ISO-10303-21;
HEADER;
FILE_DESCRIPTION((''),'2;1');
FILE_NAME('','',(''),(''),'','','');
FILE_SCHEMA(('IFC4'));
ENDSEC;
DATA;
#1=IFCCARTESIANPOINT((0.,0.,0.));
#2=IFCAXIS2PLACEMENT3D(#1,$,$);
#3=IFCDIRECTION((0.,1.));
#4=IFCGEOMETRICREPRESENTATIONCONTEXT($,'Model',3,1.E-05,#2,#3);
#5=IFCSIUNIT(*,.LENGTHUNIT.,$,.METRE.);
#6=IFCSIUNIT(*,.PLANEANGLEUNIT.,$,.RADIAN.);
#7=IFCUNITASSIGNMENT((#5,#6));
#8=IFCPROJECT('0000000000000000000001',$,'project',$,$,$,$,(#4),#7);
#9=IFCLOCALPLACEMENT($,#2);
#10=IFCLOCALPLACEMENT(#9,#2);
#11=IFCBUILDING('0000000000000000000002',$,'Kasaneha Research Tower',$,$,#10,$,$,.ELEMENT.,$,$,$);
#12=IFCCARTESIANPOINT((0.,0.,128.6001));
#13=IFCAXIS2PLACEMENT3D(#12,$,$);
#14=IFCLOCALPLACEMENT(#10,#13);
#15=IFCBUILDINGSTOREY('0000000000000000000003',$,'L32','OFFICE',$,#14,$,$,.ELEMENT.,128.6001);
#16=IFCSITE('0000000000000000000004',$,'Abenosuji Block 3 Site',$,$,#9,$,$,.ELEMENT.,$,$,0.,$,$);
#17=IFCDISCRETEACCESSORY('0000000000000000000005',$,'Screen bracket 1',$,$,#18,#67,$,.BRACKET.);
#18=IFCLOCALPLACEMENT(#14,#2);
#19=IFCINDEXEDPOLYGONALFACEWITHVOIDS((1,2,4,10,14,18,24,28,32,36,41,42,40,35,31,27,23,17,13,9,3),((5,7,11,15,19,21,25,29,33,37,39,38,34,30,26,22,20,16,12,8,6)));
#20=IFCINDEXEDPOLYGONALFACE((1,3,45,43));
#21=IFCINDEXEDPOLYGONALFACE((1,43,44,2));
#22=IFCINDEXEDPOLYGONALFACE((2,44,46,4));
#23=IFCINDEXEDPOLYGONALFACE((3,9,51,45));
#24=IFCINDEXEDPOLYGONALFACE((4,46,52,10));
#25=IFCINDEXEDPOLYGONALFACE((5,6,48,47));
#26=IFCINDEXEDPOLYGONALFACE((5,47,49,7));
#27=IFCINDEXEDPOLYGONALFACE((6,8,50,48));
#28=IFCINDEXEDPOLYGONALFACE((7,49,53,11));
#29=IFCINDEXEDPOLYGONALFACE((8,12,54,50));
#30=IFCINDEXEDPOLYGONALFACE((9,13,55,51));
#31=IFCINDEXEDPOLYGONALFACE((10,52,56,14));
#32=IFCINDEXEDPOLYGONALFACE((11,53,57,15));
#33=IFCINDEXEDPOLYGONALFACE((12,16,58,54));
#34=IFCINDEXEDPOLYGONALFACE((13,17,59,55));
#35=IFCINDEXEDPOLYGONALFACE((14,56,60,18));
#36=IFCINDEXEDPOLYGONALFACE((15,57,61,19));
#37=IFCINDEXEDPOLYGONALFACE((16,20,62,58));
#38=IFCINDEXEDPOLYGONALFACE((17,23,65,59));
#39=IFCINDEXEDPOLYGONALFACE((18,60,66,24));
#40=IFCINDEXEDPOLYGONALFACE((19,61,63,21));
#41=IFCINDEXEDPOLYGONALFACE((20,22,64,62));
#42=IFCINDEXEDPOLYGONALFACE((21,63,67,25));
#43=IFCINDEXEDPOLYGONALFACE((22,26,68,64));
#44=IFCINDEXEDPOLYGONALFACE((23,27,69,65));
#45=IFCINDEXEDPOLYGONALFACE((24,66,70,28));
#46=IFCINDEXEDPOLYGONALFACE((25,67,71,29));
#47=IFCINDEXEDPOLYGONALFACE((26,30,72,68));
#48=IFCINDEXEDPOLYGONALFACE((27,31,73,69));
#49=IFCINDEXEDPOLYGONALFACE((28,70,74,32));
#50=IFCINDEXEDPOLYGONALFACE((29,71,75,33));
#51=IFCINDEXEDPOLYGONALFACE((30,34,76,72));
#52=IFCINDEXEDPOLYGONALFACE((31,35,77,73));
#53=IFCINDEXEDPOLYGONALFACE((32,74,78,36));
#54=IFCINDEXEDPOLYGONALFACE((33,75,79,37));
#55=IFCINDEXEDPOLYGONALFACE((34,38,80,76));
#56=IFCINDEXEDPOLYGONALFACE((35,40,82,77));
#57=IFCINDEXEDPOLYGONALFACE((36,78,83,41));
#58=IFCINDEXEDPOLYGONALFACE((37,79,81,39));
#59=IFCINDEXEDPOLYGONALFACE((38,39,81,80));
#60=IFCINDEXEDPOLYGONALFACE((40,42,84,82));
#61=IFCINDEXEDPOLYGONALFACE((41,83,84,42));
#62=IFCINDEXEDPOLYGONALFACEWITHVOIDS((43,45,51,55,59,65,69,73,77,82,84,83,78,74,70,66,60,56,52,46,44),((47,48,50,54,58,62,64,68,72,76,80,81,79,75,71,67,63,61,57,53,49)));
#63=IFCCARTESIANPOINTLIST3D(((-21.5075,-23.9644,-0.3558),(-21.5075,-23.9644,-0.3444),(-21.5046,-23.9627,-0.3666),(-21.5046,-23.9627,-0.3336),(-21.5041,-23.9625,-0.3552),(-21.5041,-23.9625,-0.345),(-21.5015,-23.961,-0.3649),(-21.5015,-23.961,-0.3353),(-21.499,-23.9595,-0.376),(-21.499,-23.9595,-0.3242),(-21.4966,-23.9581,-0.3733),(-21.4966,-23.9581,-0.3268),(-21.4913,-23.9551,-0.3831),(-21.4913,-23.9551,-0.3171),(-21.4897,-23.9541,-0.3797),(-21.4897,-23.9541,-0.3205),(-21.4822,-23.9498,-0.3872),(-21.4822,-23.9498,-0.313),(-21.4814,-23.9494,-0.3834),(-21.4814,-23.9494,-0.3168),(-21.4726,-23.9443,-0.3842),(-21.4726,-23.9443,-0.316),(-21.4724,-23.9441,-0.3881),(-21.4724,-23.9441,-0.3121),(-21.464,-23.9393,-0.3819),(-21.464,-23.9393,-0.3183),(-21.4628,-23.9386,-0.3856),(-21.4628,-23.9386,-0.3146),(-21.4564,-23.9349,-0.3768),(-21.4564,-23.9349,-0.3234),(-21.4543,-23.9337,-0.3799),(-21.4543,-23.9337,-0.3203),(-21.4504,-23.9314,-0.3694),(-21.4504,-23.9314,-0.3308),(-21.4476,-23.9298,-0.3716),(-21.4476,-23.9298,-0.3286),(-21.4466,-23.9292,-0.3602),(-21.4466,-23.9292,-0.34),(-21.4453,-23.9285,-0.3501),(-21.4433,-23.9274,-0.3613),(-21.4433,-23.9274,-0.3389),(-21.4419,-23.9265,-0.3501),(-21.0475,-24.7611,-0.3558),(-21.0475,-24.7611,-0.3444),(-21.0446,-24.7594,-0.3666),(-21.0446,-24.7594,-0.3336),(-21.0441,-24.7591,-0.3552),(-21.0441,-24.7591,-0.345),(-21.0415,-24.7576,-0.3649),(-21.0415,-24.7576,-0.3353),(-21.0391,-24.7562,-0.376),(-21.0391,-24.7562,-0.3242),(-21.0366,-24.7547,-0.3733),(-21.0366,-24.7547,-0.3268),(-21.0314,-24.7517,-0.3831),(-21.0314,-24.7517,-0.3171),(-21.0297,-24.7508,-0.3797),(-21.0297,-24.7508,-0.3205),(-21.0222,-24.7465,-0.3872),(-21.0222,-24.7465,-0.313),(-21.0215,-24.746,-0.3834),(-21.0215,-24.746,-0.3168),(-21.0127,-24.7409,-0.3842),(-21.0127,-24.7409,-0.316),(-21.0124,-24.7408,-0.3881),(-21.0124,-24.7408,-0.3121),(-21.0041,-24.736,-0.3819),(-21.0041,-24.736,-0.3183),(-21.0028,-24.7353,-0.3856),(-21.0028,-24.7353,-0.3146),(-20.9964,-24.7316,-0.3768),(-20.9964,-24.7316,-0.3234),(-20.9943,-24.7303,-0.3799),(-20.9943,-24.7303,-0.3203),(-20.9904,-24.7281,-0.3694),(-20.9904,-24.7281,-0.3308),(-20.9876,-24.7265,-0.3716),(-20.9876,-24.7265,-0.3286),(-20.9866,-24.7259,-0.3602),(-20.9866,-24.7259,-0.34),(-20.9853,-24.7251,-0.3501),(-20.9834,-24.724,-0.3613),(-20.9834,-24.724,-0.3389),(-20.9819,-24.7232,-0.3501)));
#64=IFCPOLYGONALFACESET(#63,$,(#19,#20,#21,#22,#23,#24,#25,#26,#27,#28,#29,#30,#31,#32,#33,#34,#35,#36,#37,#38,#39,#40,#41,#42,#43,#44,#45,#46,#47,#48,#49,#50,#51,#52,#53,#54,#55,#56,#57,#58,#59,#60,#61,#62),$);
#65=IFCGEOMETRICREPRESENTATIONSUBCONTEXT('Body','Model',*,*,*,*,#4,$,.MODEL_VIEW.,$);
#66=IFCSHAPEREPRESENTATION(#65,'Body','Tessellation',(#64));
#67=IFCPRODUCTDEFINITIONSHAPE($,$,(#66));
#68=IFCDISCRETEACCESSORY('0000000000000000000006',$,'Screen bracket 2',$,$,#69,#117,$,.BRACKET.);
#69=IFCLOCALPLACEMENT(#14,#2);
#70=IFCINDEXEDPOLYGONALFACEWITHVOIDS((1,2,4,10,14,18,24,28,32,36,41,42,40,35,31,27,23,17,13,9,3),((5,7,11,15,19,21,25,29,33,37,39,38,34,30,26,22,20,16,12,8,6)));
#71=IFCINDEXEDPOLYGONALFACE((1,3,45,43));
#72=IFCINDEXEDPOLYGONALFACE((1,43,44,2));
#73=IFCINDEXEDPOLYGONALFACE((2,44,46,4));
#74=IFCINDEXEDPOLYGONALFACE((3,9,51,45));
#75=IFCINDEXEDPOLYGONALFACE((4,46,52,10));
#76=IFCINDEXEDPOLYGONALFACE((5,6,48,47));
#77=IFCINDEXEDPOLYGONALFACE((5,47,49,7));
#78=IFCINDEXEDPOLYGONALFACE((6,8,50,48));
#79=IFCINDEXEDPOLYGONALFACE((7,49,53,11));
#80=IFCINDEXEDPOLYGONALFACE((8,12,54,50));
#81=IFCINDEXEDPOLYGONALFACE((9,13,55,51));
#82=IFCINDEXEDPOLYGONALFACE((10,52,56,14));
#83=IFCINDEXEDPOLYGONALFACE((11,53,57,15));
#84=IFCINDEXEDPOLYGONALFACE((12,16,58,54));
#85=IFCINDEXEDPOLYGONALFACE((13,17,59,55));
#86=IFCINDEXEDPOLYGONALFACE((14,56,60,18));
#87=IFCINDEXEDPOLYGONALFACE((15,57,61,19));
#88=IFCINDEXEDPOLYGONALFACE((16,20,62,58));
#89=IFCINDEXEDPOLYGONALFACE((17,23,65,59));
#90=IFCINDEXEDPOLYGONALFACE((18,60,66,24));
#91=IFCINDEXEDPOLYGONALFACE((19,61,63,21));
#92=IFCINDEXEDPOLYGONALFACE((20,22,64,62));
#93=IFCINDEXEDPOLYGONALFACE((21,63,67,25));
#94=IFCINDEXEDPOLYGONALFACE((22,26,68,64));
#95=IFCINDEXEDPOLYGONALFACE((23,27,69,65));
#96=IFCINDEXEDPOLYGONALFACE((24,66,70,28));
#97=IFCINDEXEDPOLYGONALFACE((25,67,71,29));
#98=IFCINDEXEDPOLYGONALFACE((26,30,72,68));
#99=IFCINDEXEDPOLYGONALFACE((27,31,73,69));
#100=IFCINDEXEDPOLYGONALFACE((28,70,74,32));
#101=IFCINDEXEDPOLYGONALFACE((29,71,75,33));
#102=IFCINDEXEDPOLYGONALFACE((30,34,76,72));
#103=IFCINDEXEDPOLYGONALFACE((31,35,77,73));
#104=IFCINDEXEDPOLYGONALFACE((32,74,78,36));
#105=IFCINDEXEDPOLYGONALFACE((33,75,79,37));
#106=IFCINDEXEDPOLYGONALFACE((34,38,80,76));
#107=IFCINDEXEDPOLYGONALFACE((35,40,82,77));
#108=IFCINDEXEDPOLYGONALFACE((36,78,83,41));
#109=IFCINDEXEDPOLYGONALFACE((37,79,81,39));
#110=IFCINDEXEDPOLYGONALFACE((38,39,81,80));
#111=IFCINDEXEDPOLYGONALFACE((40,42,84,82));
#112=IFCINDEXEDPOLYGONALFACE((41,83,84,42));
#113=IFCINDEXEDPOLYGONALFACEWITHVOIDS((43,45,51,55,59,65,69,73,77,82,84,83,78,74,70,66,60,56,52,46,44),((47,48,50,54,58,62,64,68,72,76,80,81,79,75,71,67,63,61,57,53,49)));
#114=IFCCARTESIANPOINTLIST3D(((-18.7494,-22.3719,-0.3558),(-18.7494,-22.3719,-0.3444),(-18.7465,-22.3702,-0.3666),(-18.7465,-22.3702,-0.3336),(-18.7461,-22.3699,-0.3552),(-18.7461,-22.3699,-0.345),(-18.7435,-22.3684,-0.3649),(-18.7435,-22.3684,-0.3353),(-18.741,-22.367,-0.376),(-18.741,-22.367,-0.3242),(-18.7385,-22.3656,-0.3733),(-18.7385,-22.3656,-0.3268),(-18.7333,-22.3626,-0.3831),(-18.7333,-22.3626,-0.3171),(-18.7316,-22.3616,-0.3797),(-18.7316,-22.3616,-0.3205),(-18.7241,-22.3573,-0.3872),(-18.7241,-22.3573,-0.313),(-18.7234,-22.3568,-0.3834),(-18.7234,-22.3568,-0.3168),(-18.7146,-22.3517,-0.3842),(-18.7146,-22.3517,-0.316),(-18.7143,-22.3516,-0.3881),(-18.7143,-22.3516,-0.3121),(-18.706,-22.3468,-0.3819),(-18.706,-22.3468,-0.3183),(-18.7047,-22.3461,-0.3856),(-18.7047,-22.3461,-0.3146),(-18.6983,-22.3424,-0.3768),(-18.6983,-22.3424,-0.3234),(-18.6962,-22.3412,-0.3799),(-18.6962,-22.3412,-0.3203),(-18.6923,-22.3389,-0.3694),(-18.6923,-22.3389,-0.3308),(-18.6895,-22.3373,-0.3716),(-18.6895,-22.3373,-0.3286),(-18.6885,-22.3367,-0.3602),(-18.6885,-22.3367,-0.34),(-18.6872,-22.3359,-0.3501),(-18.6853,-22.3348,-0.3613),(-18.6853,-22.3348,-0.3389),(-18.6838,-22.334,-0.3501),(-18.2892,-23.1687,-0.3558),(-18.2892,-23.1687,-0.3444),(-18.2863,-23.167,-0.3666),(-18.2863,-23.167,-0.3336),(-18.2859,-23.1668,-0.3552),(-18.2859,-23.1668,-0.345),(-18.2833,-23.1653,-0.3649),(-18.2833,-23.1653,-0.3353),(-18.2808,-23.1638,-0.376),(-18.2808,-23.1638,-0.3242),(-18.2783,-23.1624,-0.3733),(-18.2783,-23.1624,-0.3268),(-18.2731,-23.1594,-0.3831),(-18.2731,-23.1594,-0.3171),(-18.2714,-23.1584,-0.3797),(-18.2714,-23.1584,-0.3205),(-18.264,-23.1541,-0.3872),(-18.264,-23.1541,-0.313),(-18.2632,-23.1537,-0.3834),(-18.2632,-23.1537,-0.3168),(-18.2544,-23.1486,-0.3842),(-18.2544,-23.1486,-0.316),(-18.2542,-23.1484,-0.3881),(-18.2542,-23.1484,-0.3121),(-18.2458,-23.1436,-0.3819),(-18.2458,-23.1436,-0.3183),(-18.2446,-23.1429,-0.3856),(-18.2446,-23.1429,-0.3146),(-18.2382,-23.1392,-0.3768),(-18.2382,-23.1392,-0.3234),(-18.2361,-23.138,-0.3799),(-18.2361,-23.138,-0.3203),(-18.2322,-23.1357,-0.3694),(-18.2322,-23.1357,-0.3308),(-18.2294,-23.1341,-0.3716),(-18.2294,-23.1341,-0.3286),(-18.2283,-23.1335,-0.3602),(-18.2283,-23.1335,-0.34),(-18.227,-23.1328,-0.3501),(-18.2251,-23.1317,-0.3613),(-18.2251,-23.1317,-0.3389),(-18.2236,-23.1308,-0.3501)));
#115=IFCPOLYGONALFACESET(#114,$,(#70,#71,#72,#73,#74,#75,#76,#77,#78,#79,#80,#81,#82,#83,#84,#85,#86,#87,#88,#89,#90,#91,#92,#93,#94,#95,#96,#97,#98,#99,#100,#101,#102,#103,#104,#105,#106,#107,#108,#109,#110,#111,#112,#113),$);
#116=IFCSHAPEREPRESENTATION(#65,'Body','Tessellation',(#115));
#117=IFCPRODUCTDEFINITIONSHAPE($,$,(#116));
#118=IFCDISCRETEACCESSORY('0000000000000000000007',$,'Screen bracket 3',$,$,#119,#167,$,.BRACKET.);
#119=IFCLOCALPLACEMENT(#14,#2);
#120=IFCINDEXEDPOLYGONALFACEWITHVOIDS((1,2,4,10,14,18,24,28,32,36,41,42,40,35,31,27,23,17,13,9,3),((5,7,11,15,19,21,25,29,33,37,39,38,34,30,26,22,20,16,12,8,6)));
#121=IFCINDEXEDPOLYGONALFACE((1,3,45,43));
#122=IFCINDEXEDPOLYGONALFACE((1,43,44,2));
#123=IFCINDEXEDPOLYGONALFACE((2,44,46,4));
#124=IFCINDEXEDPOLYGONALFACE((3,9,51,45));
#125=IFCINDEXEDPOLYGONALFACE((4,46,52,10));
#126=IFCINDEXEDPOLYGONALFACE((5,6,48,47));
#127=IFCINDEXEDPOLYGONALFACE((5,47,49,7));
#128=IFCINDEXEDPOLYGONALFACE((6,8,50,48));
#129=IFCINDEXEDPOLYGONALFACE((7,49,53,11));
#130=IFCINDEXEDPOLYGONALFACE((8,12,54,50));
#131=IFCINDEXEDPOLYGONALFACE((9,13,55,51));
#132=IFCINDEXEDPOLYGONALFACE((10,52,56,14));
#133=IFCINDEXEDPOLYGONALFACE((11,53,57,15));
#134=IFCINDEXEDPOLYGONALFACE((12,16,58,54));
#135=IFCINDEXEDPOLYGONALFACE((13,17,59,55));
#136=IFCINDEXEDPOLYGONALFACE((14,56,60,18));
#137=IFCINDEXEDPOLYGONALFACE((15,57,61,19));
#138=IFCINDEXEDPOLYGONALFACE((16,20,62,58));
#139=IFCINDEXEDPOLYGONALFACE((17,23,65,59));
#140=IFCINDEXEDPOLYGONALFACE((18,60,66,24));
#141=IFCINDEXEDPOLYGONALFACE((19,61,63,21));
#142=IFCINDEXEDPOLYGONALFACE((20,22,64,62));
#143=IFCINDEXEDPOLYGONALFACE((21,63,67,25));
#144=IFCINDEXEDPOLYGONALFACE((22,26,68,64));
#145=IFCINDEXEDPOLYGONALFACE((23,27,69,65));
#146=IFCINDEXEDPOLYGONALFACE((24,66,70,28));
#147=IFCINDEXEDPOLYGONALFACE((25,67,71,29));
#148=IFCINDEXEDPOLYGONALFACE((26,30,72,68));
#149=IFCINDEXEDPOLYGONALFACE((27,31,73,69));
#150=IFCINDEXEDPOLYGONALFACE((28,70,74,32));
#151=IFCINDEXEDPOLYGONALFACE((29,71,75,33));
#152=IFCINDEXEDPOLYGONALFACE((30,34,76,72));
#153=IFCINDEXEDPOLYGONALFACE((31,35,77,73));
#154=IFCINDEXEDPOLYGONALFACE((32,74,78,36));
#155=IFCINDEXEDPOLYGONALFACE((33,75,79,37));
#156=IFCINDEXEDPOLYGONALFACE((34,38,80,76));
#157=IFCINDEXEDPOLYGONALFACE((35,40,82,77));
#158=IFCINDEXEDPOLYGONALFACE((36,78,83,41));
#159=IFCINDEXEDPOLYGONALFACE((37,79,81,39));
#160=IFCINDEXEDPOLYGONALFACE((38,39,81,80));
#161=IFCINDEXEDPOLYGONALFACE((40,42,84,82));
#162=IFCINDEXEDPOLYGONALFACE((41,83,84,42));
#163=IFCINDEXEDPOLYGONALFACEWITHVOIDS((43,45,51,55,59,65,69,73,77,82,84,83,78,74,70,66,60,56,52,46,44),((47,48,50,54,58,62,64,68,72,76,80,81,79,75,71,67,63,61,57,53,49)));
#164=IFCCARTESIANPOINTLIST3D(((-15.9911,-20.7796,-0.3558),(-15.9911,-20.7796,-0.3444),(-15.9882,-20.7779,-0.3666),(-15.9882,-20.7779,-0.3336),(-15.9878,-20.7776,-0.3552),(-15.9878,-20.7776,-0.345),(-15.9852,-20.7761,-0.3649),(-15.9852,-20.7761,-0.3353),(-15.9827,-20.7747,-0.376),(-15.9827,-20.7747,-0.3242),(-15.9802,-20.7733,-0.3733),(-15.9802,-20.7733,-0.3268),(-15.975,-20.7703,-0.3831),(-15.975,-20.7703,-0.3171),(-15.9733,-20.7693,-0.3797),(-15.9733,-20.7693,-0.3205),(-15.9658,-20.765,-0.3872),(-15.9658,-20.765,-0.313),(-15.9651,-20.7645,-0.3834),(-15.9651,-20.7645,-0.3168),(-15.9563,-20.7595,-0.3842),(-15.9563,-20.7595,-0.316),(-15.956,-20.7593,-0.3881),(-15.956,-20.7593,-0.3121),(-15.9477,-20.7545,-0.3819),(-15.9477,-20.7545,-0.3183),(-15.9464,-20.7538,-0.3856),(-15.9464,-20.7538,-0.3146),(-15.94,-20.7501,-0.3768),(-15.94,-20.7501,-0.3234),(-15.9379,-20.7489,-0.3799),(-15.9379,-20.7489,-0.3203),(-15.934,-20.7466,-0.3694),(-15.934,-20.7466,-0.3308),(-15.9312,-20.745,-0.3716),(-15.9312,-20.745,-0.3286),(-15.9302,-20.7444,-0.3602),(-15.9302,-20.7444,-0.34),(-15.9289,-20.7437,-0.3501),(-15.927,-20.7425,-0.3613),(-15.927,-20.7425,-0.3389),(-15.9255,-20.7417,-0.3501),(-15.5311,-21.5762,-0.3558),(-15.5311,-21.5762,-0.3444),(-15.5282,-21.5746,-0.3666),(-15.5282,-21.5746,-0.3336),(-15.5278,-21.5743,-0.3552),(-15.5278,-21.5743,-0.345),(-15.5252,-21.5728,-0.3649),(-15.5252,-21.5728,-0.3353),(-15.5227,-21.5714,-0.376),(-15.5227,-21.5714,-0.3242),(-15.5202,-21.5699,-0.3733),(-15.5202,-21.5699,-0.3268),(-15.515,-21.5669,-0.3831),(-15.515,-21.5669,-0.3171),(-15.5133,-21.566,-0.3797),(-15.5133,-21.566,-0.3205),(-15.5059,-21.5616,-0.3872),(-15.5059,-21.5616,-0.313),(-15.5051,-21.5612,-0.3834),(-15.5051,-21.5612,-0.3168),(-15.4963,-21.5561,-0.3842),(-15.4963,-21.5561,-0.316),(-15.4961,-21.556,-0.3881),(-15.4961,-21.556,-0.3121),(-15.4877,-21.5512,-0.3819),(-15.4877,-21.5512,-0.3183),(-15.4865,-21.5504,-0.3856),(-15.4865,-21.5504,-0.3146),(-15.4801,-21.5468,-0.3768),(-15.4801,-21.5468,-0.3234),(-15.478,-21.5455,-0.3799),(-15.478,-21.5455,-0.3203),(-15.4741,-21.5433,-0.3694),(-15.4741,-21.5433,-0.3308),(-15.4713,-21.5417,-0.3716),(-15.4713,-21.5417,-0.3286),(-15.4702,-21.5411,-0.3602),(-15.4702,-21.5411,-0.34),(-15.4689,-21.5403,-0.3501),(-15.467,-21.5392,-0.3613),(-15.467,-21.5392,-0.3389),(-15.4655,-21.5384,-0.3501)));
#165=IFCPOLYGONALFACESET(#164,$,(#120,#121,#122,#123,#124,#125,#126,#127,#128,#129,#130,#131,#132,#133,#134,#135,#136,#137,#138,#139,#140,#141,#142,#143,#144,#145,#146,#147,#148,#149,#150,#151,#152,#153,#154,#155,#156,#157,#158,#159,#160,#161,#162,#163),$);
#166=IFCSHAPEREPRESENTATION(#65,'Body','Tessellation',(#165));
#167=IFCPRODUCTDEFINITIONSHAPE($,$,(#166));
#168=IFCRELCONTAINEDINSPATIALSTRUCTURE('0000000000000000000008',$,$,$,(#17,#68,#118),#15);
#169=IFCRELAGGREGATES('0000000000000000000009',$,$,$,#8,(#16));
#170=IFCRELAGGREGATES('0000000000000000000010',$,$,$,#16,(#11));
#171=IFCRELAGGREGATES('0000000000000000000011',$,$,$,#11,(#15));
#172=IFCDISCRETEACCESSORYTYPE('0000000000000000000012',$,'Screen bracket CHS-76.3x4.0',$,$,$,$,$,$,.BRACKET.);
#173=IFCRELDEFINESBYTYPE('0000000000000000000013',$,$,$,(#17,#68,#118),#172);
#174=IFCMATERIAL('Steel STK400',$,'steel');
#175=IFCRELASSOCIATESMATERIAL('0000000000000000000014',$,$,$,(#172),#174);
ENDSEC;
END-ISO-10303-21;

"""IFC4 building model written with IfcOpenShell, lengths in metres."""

from ifc_helpers import new_model, si_unit, direction, frame, origin, origin_2d, place, context, subcontext, project, spatial, hollow_circle, extrude, material, material_profile, profile_set, type_object, element, save


model = new_model("IFC4")

# Units and contexts
model_context = context("Model", 3, precision=1e-05, world=origin(), true_north=direction((0.0, 1.0)))
body_context = subcontext(model_context, "Body", "Model", "MODEL_VIEW")
ifc_project = project(units=[si_unit("LENGTHUNIT", "METRE"), si_unit("PLANEANGLEUNIT", "RADIAN")], contexts=[model_context])

# Site, building, storey
site_placement = place(None, origin())
site = spatial("IfcSite", under=ifc_project, at=site_placement, Name="Abenosuji Block 3 Site", CompositionType="ELEMENT", RefElevation=0.0)
building_placement = place(site_placement, origin())
building = spatial("IfcBuilding", under=site, at=building_placement, Name="Kasaneha Research Tower", CompositionType="ELEMENT")
storey_placement = place(building_placement, frame((0.0, 0.0, 128.6001)))
storey = spatial("IfcBuildingStorey", under=building, at=storey_placement, Name="L32", Description="OFFICE", CompositionType="ELEMENT", Elevation=128.6001)

# Discrete accessories
ifc_material_1 = material(Name="Steel STK400", Category="steel")
ifc_material_profile_1 = material_profile(ifc_material_1, hollow_circle(Radius=0.0381, WallThickness=0.0039, at=origin_2d()), Name="CHS-76.3x4.0")
ifc_profile_set_1 = profile_set([ifc_material_profile_1], Name="Steel STK400")
discrete_accessory_type = type_object("IfcDiscreteAccessoryType", Name="Screen bracket CHS-76.3x4.0", PredefinedType="BRACKET", material=ifc_profile_set_1)
discrete_accessory_1_placement = place(storey_placement, frame((-21.4749, -23.9456, -0.3501), z_axis=(0.500021, -0.866013, 0.0), x_axis=(0.866013, 0.500021, 0.0)))
element("IfcDiscreteAccessory", 1, at=discrete_accessory_1_placement, inside=storey, type_object=discrete_accessory_type, Name="Screen bracket 1", PredefinedType="BRACKET", context=body_context, shape_type="SweptSolid", body=[
    extrude(hollow_circle(Radius=0.0381, WallThickness=0.0039, at=origin_2d()), origin(), (0.0, 0.0, 1.0), 0.9199),
])
discrete_accessory_2_placement = place(storey_placement, frame((-18.7168, -22.353, -0.3501), z_axis=(0.500105, -0.865965, 0.0), x_axis=(0.865965, 0.500105, 0.0)))
element("IfcDiscreteAccessory", 2, at=discrete_accessory_2_placement, inside=storey, type_object=discrete_accessory_type, Name="Screen bracket 2", PredefinedType="BRACKET", context=body_context, shape_type="SweptSolid", body=[
    extrude(hollow_circle(Radius=0.0381, WallThickness=0.0039, at=origin_2d()), origin(), (0.0, 0.0, 1.0), 0.9202),
])
discrete_accessory_3_placement = place(storey_placement, frame((-15.9585, -20.7607, -0.3501), z_axis=(0.500021, -0.866013, 0.0), x_axis=(0.866013, 0.500021, 0.0)))
element("IfcDiscreteAccessory", 3, at=discrete_accessory_3_placement, inside=storey, type_object=discrete_accessory_type, Name="Screen bracket 3", PredefinedType="BRACKET", context=body_context, shape_type="SweptSolid", body=[
    extrude(hollow_circle(Radius=0.0381, WallThickness=0.0039, at=origin_2d()), origin(), (0.0, 0.0, 1.0), 0.9199),
])

save(model, "model.ifc")
